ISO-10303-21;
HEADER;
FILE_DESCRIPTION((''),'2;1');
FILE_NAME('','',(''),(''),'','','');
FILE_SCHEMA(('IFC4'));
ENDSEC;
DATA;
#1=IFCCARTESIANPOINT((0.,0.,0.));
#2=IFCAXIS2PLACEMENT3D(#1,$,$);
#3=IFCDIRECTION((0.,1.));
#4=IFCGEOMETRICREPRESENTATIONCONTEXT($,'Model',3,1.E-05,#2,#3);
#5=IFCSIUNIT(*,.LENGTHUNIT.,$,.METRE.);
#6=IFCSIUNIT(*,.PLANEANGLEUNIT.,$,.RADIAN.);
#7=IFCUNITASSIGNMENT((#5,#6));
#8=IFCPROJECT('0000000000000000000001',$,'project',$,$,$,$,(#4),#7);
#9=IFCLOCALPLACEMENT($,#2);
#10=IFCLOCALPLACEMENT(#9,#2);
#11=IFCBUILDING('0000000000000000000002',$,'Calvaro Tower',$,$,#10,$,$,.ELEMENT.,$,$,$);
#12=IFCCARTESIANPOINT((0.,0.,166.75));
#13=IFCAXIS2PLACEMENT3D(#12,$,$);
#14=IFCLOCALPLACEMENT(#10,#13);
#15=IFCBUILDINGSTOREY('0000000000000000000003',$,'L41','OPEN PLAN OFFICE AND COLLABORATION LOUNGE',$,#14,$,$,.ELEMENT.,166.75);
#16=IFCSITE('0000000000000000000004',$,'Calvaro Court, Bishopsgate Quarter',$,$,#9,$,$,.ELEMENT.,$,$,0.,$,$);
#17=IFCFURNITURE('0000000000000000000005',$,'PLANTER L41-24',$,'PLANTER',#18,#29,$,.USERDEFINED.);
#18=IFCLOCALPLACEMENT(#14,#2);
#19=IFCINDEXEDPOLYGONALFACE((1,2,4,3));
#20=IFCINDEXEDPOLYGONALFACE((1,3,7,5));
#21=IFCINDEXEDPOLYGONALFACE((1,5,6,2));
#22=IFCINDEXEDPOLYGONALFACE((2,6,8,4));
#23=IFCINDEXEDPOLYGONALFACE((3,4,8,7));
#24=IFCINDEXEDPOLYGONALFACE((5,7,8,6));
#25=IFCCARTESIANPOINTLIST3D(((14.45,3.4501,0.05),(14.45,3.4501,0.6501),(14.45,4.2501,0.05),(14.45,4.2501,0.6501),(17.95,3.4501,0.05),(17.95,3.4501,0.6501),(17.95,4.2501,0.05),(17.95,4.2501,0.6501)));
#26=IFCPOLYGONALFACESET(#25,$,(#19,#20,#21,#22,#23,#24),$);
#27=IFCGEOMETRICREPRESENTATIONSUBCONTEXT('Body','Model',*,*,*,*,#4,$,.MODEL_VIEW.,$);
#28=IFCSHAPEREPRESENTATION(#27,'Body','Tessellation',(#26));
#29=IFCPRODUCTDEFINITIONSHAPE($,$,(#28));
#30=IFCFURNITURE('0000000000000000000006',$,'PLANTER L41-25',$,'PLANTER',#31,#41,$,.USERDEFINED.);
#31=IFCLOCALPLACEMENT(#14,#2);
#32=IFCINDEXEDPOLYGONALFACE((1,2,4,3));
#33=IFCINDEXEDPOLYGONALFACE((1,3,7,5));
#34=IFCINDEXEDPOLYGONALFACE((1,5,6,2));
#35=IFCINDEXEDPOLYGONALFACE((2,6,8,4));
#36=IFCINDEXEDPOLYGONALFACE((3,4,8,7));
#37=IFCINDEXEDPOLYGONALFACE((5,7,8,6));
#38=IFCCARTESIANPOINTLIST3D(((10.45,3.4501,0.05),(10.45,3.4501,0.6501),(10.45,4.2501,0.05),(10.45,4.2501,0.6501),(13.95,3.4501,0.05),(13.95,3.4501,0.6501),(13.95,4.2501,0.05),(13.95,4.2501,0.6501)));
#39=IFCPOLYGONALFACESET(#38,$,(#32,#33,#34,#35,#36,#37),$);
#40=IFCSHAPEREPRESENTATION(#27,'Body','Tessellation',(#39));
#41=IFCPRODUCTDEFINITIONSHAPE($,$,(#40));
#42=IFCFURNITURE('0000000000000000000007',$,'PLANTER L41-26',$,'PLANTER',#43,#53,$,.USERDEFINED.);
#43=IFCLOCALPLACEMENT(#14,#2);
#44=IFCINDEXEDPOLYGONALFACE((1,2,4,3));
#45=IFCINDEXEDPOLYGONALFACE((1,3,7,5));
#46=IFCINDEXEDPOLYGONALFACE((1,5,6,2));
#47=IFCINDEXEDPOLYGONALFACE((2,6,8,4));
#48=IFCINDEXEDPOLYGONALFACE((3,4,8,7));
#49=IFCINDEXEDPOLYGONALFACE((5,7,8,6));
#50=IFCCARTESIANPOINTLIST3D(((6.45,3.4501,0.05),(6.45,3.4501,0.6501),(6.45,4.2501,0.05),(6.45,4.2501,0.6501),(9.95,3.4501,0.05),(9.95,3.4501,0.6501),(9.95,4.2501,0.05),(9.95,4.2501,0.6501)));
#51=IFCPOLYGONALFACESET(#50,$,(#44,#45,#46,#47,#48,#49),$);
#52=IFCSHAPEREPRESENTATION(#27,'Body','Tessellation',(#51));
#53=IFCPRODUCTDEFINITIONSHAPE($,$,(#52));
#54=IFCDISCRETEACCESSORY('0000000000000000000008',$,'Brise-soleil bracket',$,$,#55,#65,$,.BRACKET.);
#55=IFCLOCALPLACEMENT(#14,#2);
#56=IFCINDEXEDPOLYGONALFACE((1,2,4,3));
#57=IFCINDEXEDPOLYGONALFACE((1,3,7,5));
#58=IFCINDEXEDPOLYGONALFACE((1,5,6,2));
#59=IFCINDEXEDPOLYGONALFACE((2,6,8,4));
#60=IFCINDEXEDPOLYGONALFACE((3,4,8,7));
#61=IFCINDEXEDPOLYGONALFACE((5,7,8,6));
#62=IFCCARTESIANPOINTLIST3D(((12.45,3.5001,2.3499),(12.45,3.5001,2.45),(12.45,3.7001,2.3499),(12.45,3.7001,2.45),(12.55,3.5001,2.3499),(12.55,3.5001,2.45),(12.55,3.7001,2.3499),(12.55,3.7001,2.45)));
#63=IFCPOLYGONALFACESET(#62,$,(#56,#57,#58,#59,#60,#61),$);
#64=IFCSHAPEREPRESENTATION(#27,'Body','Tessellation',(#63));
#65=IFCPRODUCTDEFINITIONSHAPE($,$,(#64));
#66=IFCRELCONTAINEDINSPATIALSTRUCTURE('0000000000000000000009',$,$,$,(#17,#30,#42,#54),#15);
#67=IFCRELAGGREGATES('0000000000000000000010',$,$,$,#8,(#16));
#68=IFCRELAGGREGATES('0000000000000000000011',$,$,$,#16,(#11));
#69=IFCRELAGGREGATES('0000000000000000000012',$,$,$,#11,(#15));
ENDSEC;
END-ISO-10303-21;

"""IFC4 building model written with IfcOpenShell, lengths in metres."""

from ifc_helpers import new_model, si_unit, direction, frame, origin, origin_2d, place, context, subcontext, project, spatial, rectangle, extrude, element, save


model = new_model("IFC4")

# Units and contexts
model_context = context("Model", 3, precision=1e-05, world=origin(), true_north=direction((0.0, 1.0)))
body_context = subcontext(model_context, "Body", "Model", "MODEL_VIEW")
ifc_project = project(units=[si_unit("LENGTHUNIT", "METRE"), si_unit("PLANEANGLEUNIT", "RADIAN")], contexts=[model_context])

# Site, building, storey
site_placement = place(None, origin())
site = spatial("IfcSite", under=ifc_project, at=site_placement, Name="Calvaro Court, Bishopsgate Quarter", CompositionType="ELEMENT", RefElevation=0.0)
building_placement = place(site_placement, origin())
building = spatial("IfcBuilding", under=site, at=building_placement, Name="Calvaro Tower", CompositionType="ELEMENT")
storey_placement = place(building_placement, frame((0.0, 0.0, 166.75)))
storey = spatial("IfcBuildingStorey", under=building, at=storey_placement, Name="L41", Description="OPEN PLAN OFFICE AND COLLABORATION LOUNGE", CompositionType="ELEMENT", Elevation=166.75)

# Furniture
for number, where, z_axis, x_axis, name in (
    (1, (16.2, 3.8501, 0.05), (0.0, 0.0, 1.0), (1.0, 0.0, 0.0), "PLANTER L41-24"),
    (2, (12.2, 3.8501, 0.05), (0.0, 0.0, 1.0), (1.0, 0.0, 0.0), "PLANTER L41-25"),
    (3, (8.2, 3.8501, 0.05), (0.0, 0.0, 1.0), (1.0, 0.0, 0.0), "PLANTER L41-26"),
):
    element("IfcFurniture", number, at=place(storey_placement, frame(where, z_axis=z_axis, x_axis=x_axis)), inside=storey, Name=name, ObjectType="PLANTER", PredefinedType="USERDEFINED", context=body_context, shape_type="SweptSolid", body=[
        extrude(rectangle(XDim=3.5, YDim=0.8, at=origin_2d()), origin(), (0.0, 0.0, 1.0), 0.6001),
    ])

# Discrete accessory
discrete_accessory_placement = place(storey_placement, frame((12.5, 3.6001, 2.3499), z_axis=(0.0, 0.0, 1.0), x_axis=(1.0, 0.0, 0.0)))
element("IfcDiscreteAccessory", 4, at=discrete_accessory_placement, inside=storey, Name="Brise-soleil bracket", PredefinedType="BRACKET", context=body_context, shape_type="SweptSolid", body=[
    extrude(rectangle(XDim=0.1001, YDim=0.2, at=origin_2d()), origin(), (0.0, 0.0, 1.0), 0.1001),
])

save(model, "model.ifc")
